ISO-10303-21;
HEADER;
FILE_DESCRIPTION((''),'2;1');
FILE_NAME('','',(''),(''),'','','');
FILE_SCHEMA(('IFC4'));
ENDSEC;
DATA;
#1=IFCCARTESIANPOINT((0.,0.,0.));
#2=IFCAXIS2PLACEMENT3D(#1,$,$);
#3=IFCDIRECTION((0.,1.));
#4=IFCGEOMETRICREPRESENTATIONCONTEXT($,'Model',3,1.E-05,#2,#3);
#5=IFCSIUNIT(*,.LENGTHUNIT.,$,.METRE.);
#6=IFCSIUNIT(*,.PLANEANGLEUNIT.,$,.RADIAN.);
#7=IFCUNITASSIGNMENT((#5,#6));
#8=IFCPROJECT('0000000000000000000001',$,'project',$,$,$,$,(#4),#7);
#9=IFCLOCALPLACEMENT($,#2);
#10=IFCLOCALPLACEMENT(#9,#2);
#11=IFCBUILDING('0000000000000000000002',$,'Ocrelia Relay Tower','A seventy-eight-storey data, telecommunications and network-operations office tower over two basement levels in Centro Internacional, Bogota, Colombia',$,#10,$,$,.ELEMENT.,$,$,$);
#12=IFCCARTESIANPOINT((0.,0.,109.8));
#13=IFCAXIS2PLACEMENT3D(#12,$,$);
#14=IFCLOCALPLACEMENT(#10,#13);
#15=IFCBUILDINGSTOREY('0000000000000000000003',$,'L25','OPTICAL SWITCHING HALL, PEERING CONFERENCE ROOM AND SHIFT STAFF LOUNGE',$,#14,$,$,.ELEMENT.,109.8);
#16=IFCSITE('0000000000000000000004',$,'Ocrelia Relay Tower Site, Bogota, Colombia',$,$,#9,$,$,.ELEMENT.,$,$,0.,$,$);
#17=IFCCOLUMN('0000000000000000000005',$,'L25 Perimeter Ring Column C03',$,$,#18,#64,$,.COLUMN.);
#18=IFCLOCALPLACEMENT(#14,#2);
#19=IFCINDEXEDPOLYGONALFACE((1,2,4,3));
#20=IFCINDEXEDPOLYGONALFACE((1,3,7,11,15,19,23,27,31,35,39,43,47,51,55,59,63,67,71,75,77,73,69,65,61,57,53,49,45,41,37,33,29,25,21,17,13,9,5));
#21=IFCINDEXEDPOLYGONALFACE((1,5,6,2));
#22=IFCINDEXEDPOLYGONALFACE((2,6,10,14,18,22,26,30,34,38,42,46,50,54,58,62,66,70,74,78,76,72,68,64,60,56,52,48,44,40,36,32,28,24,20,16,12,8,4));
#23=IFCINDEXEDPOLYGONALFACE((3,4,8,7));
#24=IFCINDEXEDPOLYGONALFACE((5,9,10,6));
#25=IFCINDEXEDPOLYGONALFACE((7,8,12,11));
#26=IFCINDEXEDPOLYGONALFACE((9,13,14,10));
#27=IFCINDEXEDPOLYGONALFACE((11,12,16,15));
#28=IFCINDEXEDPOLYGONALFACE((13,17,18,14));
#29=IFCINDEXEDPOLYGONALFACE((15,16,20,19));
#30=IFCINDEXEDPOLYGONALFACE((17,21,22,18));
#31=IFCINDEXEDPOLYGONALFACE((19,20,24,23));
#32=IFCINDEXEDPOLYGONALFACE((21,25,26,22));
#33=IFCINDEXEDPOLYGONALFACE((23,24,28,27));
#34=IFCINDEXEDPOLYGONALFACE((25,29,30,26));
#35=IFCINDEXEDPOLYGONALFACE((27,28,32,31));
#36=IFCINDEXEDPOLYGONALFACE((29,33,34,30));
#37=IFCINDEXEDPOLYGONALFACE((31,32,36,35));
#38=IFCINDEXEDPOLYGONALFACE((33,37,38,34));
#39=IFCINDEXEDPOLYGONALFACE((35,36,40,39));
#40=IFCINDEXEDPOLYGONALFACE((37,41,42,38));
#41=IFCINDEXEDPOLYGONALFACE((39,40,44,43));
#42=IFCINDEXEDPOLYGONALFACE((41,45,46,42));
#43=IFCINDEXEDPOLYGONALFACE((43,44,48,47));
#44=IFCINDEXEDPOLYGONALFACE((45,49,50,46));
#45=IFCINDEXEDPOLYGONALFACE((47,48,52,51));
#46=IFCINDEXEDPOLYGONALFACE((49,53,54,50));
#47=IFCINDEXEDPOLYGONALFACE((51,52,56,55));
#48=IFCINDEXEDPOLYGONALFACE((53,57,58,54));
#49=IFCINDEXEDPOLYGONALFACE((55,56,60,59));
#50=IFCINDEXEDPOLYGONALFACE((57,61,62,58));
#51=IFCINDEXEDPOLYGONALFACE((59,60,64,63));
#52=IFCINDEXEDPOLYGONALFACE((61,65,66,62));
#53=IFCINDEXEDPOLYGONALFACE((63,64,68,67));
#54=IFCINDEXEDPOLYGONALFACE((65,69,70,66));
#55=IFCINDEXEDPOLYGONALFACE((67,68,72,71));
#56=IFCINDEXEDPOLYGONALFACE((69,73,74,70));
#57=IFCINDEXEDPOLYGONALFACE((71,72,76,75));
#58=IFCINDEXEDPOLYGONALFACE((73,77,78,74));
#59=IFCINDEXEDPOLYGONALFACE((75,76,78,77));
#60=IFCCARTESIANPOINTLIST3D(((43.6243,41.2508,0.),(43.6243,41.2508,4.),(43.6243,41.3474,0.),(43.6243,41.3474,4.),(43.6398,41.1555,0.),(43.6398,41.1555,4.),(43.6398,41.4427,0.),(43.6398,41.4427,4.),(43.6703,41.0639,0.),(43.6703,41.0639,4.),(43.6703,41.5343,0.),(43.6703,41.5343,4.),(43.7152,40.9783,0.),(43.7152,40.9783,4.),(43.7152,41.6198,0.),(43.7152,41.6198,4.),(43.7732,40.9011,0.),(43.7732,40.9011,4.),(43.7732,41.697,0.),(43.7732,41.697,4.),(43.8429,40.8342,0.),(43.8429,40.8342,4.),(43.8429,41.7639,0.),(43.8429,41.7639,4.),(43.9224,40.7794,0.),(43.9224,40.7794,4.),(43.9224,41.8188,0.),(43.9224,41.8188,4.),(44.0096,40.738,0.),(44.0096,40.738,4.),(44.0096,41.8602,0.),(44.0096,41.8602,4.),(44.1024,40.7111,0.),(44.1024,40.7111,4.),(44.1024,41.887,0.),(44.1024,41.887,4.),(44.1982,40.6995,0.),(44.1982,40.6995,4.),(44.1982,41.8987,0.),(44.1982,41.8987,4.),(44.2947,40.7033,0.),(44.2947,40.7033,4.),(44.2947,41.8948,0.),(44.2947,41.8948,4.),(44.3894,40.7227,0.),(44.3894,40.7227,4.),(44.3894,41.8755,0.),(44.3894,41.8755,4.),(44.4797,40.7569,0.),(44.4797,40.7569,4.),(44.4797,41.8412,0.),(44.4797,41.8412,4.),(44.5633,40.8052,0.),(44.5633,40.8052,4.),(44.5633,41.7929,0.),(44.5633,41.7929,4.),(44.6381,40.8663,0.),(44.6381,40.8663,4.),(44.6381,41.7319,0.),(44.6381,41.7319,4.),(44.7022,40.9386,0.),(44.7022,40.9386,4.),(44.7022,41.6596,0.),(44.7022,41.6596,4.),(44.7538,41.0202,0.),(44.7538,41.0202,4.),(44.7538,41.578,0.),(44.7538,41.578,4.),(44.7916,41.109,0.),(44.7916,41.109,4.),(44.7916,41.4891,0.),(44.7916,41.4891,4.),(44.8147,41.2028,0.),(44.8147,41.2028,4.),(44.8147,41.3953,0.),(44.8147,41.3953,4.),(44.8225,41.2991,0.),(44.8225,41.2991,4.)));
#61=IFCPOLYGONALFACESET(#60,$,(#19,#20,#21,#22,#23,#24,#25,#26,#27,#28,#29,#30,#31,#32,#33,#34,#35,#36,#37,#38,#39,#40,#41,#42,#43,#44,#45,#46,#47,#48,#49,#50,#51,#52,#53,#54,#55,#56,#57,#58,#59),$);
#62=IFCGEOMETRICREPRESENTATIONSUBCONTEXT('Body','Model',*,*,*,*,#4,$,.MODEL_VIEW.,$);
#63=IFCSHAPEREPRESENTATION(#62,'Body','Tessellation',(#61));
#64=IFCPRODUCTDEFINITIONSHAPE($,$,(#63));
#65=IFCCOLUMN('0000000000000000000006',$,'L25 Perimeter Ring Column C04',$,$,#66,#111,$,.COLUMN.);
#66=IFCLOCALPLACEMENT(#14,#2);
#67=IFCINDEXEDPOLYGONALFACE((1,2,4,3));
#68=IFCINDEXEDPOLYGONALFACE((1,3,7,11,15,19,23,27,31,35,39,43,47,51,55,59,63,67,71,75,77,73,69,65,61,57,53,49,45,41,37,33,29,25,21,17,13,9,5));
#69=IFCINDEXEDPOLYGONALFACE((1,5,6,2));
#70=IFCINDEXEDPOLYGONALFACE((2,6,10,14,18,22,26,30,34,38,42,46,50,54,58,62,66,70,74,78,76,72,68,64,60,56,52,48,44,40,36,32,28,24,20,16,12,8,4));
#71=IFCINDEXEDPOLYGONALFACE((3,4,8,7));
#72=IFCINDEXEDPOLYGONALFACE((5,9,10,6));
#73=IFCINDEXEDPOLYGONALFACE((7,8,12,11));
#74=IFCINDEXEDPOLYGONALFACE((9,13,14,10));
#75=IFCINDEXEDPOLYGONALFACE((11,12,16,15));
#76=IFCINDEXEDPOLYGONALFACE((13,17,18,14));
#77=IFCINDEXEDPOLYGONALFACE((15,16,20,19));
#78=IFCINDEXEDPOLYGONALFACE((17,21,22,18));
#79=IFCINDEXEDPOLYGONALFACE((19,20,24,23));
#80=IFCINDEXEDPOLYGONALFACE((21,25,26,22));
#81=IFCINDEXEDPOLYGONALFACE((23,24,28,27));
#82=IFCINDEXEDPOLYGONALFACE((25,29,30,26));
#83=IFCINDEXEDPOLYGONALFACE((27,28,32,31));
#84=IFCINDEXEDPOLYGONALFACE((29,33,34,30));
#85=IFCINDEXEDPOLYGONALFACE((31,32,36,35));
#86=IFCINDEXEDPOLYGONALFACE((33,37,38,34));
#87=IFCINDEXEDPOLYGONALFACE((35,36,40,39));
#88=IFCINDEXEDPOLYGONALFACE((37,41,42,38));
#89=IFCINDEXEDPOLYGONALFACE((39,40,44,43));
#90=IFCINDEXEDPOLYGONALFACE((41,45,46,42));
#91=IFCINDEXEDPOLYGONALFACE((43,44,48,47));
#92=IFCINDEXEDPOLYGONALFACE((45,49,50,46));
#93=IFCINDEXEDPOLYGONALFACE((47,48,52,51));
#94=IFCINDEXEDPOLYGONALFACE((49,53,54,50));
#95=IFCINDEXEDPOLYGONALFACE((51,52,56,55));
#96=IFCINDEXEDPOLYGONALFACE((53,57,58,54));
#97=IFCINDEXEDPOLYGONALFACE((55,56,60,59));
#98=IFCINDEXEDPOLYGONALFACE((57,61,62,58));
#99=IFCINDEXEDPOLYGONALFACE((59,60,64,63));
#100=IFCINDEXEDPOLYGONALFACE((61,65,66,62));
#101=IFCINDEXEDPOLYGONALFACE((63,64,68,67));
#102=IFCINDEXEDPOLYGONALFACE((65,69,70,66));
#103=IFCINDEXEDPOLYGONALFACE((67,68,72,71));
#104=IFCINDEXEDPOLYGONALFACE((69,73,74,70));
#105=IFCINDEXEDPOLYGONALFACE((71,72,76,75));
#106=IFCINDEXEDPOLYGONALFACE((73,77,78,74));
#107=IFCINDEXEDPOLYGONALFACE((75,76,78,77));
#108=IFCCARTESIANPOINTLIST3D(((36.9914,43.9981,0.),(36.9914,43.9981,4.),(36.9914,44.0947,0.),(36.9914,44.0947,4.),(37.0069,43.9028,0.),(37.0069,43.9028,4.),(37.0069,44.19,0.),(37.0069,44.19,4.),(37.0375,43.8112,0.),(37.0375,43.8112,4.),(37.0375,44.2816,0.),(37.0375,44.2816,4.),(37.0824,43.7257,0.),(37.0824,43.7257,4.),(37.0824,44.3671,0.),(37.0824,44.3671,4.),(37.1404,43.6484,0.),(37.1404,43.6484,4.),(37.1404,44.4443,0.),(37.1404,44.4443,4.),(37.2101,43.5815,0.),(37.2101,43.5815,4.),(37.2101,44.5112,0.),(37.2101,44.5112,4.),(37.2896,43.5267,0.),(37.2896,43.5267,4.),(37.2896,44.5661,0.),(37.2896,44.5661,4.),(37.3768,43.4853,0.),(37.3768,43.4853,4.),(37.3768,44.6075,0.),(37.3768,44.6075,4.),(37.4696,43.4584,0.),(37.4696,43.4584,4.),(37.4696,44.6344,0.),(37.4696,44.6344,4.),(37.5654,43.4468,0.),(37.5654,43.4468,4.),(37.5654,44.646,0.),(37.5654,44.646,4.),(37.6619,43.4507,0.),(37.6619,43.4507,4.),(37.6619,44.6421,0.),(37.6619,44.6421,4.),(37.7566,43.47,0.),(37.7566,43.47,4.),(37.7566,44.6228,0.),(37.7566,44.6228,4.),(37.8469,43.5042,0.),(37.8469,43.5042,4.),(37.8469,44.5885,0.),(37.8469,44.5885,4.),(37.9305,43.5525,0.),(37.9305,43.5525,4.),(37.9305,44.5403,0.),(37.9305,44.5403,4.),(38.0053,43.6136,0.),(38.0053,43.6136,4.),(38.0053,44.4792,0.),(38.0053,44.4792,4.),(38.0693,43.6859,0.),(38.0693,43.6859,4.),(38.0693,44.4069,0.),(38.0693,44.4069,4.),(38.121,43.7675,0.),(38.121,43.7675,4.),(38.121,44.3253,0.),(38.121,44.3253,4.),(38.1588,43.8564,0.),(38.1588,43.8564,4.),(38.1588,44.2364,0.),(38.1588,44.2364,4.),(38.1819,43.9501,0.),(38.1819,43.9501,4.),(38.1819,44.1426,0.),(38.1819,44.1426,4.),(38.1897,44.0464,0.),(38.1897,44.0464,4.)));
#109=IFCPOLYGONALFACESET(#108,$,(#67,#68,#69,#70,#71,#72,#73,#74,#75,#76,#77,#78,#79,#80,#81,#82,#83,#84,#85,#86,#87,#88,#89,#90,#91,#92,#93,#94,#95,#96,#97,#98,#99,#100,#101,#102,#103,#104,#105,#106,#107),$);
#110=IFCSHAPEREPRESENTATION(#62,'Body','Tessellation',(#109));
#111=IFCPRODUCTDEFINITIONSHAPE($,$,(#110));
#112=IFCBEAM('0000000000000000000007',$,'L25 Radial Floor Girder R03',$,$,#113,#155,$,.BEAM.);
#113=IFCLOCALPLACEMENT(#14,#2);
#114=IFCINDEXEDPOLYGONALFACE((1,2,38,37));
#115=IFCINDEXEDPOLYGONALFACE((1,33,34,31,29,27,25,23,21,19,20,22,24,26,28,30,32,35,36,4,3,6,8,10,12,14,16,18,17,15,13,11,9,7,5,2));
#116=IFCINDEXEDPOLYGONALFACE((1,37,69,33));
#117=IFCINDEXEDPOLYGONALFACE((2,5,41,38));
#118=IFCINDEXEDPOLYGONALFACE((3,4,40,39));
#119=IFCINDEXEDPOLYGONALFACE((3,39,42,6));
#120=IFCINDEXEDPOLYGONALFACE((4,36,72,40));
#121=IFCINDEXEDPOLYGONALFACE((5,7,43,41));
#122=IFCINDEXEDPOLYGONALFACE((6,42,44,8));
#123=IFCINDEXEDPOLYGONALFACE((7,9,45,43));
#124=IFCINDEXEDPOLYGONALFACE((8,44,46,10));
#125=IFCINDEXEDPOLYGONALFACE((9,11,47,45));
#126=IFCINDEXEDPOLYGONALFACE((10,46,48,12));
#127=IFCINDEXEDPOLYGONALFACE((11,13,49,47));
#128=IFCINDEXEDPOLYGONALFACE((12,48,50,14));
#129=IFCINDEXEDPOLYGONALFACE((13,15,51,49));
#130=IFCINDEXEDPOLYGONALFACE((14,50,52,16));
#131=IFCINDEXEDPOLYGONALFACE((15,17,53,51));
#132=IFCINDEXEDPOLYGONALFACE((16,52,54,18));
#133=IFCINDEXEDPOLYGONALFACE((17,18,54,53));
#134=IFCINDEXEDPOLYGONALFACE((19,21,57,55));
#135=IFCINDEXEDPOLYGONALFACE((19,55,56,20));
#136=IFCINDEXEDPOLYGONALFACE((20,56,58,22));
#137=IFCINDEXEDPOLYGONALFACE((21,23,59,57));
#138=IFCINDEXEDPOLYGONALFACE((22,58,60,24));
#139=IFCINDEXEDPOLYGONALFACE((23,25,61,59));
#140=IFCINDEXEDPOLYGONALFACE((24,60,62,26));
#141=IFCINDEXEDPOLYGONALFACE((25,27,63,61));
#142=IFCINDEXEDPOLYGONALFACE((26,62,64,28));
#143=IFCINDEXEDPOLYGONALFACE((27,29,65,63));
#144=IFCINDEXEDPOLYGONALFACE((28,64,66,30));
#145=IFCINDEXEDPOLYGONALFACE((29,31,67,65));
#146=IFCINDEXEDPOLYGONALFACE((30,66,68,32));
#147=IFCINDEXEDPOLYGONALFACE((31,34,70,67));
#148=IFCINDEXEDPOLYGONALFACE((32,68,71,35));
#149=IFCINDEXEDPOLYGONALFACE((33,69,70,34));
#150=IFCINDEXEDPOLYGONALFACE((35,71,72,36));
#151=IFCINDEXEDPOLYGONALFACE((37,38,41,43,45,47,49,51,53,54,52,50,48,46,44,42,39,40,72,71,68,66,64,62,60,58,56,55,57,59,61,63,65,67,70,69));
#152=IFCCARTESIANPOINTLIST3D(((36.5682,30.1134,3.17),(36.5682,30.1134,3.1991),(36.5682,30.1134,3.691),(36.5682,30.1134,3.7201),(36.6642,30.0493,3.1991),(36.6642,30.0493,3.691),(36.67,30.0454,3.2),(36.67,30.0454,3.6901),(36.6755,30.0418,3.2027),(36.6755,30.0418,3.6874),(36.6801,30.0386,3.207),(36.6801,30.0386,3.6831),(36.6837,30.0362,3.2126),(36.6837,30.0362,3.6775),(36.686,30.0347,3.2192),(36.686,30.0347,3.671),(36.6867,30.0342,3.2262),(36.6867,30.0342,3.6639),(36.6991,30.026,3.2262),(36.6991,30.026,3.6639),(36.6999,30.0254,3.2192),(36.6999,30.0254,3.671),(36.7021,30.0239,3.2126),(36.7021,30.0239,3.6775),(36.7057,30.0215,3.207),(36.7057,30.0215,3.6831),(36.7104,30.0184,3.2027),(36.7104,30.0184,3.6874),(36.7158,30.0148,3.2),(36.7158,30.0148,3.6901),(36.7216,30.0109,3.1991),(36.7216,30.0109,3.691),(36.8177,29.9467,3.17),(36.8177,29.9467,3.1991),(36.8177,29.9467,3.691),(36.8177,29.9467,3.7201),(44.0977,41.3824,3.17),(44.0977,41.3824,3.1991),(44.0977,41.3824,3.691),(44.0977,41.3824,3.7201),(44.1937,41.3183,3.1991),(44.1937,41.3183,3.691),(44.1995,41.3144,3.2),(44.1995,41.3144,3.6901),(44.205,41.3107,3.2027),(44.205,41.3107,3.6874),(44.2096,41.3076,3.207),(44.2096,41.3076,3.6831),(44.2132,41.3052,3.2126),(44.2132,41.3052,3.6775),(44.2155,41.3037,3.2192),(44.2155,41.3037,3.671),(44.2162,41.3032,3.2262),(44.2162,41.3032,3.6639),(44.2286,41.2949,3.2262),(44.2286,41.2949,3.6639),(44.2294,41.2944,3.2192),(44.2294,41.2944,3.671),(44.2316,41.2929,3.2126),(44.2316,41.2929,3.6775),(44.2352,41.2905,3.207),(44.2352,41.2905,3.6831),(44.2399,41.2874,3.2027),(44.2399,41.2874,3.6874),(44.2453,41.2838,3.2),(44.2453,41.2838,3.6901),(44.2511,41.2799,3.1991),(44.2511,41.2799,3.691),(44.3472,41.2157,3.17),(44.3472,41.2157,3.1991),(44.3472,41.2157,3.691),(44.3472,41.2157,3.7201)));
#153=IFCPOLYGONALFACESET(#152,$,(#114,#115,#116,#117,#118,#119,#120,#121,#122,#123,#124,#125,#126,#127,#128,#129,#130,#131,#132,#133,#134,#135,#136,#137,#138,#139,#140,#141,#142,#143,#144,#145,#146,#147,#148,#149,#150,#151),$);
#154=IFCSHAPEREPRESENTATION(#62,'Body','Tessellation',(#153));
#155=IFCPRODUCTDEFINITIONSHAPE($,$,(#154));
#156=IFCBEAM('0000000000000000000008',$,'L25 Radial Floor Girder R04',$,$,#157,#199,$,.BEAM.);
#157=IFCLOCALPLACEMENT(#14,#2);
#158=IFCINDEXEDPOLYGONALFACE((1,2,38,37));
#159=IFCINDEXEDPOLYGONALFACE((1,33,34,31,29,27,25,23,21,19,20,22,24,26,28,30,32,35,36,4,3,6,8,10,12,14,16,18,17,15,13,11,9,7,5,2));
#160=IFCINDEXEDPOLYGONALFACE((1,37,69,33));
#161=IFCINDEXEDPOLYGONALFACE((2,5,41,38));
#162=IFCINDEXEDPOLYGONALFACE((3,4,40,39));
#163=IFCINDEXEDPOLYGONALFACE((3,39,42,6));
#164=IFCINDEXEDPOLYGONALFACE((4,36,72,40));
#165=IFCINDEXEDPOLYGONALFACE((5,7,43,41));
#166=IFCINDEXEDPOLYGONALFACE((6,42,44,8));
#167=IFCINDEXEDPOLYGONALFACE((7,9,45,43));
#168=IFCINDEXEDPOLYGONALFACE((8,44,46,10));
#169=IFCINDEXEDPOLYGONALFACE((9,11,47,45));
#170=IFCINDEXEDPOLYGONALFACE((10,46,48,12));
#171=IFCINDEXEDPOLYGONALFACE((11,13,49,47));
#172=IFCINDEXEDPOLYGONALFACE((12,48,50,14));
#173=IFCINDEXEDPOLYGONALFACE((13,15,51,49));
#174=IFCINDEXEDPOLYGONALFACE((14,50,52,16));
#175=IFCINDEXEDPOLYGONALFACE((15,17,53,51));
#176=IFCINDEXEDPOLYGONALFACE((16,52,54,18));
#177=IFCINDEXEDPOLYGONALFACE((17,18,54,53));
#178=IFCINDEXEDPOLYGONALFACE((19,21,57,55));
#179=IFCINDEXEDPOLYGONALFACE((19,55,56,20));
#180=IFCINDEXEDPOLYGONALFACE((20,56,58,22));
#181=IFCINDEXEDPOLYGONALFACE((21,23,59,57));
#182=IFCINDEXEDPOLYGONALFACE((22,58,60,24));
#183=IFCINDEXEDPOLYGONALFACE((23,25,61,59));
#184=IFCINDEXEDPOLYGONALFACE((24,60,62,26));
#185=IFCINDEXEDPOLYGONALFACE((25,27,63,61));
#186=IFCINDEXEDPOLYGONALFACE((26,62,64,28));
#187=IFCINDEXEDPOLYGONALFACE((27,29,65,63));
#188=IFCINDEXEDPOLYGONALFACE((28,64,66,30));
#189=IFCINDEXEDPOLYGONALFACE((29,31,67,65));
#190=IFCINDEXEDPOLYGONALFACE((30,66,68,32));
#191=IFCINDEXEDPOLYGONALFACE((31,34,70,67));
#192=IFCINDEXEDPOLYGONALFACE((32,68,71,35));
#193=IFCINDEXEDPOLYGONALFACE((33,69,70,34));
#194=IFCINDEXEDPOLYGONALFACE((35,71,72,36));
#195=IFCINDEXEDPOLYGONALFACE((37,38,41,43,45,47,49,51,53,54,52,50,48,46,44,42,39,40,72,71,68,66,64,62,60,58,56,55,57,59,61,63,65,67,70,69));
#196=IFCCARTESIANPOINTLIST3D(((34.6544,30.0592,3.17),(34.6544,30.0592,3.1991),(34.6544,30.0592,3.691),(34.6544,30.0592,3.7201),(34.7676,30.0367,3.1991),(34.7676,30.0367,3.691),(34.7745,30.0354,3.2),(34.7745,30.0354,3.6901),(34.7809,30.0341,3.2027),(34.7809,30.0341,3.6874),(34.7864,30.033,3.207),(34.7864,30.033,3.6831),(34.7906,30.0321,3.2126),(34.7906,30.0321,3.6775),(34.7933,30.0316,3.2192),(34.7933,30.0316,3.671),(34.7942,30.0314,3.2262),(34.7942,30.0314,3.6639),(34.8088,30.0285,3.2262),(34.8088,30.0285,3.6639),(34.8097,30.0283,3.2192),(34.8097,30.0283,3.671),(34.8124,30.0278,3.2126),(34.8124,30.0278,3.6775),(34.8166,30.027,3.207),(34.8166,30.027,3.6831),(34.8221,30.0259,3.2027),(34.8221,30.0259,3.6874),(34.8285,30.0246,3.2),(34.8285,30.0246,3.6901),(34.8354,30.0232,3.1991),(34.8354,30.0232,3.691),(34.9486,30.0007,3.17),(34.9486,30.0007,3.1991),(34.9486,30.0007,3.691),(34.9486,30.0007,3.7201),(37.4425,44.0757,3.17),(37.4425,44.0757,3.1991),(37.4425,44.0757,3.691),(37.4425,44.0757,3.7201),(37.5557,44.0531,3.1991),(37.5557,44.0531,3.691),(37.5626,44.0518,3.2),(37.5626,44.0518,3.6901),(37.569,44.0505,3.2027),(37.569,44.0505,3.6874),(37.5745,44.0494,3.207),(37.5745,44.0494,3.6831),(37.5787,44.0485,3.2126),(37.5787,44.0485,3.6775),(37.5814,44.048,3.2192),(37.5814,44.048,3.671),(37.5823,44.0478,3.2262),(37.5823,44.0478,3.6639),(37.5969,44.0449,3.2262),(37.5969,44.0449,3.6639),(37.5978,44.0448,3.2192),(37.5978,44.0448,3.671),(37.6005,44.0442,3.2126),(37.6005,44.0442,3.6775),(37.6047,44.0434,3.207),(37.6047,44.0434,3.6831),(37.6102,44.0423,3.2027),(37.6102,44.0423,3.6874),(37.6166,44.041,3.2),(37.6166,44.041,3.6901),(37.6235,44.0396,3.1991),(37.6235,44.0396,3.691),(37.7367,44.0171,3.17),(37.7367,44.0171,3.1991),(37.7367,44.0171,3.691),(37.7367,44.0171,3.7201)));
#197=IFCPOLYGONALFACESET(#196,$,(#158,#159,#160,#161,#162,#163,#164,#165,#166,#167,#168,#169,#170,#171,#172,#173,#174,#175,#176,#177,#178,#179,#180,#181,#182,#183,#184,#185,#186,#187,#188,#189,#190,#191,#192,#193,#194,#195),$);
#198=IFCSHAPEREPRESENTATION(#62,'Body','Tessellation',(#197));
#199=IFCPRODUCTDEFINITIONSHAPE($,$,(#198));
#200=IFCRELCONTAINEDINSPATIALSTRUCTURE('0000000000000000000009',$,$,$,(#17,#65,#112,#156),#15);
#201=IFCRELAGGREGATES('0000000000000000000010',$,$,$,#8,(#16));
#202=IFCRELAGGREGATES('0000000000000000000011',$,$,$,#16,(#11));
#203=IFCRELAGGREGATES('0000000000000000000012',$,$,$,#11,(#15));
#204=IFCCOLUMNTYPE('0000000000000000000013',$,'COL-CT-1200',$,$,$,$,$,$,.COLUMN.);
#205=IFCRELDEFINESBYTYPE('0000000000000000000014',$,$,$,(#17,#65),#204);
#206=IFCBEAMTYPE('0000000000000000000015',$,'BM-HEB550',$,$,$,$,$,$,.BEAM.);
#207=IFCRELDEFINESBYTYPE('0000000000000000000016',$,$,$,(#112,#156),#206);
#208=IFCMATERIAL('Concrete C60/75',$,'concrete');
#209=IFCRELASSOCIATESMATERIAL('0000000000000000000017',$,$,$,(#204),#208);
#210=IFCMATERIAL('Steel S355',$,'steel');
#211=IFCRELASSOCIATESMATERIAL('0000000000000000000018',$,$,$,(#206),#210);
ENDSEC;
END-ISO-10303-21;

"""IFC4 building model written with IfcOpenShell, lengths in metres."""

from ifc_helpers import new_model, si_unit, direction, frame, origin, origin_2d, place, context, subcontext, project, spatial, circle, i_section, extrude, material, material_profile, profile_set, type_object, element, save


model = new_model("IFC4")

# Units and contexts
model_context = context("Model", 3, precision=1e-05, world=origin(), true_north=direction((0.0, 1.0)))
body_context = subcontext(model_context, "Body", "Model", "MODEL_VIEW")
ifc_project = project(units=[si_unit("LENGTHUNIT", "METRE"), si_unit("PLANEANGLEUNIT", "RADIAN")], contexts=[model_context])

# Site, building, storey
site_placement = place(None, origin())
site = spatial("IfcSite", under=ifc_project, at=site_placement, Name="Ocrelia Relay Tower Site, Bogota, Colombia", CompositionType="ELEMENT", RefElevation=0.0)
building_placement = place(site_placement, origin())
building = spatial("IfcBuilding", under=site, at=building_placement, Name="Ocrelia Relay Tower", Description="A seventy-eight-storey data, telecommunications and network-operations office tower over two basement levels in Centro Internacional, Bogota, Colombia", CompositionType="ELEMENT")
storey_placement = place(building_placement, frame((0.0, 0.0, 109.8)))
storey = spatial("IfcBuildingStorey", under=building, at=storey_placement, Name="L25", Description="OPTICAL SWITCHING HALL, PEERING CONFERENCE ROOM AND SHIFT STAFF LOUNGE", CompositionType="ELEMENT", Elevation=109.8)

# Columns
ifc_material_1 = material(Name="Concrete C60/75", Category="concrete")
ifc_material_profile_1 = material_profile(ifc_material_1, circle(Radius=0.6001, at=origin_2d()), Name="RC-CIR-1200")
ifc_profile_set_1 = profile_set([ifc_material_profile_1], Name="Concrete C60/75")
column_type = type_object("IfcColumnType", Name="COL-CT-1200", PredefinedType="COLUMN", material=ifc_profile_set_1)
for number, where, z_axis, x_axis, name in (
    (1, (44.2224, 41.2991, 0.0), (0.0, 0.0, 1.0), (1.0, 0.0, 0.0), "L25 Perimeter Ring Column C03"),
    (2, (37.5896, 44.0464, 0.0), (0.0, 0.0, 1.0), (1.0, 0.0, 0.0), "L25 Perimeter Ring Column C04"),
):
    element("IfcColumn", number, at=place(storey_placement, frame(where, z_axis=z_axis, x_axis=x_axis)), inside=storey, type_object=column_type, Name=name, PredefinedType="COLUMN", context=body_context, shape_type="SweptSolid", body=[
        extrude(circle(Radius=0.6001, at=origin_2d()), origin(), (0.0, 0.0, 1.0), 4.0),
    ])

# Beams
ifc_material_2 = material(Name="Steel S355", Category="steel")
ifc_material_profile_2 = material_profile(ifc_material_2, i_section(OverallWidth=0.3, OverallDepth=0.55, WebThickness=0.0149, FlangeThickness=0.0291, FilletRadius=0.0271, at=origin_2d()), Name="HEB 550")
ifc_profile_set_2 = profile_set([ifc_material_profile_2], Name="Steel S355")
beam_type_1 = type_object("IfcBeamType", Name="BM-HEB550", PredefinedType="BEAM", material=ifc_profile_set_2)
beam_1_placement = place(storey_placement, frame((44.2224, 41.2991, 3.4451), z_axis=(-0.55556, -0.831476, 0.0), x_axis=(0.831476, -0.55556, 0.0)))
element("IfcBeam", 3, at=beam_1_placement, inside=storey, type_object=beam_type_1, Name="L25 Radial Floor Girder R03", PredefinedType="BEAM", context=body_context, shape_type="SweptSolid", body=[
    extrude(i_section(OverallWidth=0.3, OverallDepth=0.55, WebThickness=0.0149, FlangeThickness=0.0291, FilletRadius=0.0271, at=origin_2d()), origin(), (0.0, 0.0, 1.0), 13.553),
])
beam_2_placement = place(storey_placement, frame((37.5896, 44.0464, 3.4451), z_axis=(-0.195094, -0.980784, 0.0), x_axis=(0.980784, -0.195094, 0.0)))
element("IfcBeam", 4, at=beam_2_placement, inside=storey, type_object=beam_type_1, Name="L25 Radial Floor Girder R04", PredefinedType="BEAM", context=body_context, shape_type="SweptSolid", body=[
    extrude(i_section(OverallWidth=0.3, OverallDepth=0.55, WebThickness=0.0149, FlangeThickness=0.0291, FilletRadius=0.0271, at=origin_2d()), origin(), (0.0, 0.0, 1.0), 14.291),
])

save(model, "model.ifc")
